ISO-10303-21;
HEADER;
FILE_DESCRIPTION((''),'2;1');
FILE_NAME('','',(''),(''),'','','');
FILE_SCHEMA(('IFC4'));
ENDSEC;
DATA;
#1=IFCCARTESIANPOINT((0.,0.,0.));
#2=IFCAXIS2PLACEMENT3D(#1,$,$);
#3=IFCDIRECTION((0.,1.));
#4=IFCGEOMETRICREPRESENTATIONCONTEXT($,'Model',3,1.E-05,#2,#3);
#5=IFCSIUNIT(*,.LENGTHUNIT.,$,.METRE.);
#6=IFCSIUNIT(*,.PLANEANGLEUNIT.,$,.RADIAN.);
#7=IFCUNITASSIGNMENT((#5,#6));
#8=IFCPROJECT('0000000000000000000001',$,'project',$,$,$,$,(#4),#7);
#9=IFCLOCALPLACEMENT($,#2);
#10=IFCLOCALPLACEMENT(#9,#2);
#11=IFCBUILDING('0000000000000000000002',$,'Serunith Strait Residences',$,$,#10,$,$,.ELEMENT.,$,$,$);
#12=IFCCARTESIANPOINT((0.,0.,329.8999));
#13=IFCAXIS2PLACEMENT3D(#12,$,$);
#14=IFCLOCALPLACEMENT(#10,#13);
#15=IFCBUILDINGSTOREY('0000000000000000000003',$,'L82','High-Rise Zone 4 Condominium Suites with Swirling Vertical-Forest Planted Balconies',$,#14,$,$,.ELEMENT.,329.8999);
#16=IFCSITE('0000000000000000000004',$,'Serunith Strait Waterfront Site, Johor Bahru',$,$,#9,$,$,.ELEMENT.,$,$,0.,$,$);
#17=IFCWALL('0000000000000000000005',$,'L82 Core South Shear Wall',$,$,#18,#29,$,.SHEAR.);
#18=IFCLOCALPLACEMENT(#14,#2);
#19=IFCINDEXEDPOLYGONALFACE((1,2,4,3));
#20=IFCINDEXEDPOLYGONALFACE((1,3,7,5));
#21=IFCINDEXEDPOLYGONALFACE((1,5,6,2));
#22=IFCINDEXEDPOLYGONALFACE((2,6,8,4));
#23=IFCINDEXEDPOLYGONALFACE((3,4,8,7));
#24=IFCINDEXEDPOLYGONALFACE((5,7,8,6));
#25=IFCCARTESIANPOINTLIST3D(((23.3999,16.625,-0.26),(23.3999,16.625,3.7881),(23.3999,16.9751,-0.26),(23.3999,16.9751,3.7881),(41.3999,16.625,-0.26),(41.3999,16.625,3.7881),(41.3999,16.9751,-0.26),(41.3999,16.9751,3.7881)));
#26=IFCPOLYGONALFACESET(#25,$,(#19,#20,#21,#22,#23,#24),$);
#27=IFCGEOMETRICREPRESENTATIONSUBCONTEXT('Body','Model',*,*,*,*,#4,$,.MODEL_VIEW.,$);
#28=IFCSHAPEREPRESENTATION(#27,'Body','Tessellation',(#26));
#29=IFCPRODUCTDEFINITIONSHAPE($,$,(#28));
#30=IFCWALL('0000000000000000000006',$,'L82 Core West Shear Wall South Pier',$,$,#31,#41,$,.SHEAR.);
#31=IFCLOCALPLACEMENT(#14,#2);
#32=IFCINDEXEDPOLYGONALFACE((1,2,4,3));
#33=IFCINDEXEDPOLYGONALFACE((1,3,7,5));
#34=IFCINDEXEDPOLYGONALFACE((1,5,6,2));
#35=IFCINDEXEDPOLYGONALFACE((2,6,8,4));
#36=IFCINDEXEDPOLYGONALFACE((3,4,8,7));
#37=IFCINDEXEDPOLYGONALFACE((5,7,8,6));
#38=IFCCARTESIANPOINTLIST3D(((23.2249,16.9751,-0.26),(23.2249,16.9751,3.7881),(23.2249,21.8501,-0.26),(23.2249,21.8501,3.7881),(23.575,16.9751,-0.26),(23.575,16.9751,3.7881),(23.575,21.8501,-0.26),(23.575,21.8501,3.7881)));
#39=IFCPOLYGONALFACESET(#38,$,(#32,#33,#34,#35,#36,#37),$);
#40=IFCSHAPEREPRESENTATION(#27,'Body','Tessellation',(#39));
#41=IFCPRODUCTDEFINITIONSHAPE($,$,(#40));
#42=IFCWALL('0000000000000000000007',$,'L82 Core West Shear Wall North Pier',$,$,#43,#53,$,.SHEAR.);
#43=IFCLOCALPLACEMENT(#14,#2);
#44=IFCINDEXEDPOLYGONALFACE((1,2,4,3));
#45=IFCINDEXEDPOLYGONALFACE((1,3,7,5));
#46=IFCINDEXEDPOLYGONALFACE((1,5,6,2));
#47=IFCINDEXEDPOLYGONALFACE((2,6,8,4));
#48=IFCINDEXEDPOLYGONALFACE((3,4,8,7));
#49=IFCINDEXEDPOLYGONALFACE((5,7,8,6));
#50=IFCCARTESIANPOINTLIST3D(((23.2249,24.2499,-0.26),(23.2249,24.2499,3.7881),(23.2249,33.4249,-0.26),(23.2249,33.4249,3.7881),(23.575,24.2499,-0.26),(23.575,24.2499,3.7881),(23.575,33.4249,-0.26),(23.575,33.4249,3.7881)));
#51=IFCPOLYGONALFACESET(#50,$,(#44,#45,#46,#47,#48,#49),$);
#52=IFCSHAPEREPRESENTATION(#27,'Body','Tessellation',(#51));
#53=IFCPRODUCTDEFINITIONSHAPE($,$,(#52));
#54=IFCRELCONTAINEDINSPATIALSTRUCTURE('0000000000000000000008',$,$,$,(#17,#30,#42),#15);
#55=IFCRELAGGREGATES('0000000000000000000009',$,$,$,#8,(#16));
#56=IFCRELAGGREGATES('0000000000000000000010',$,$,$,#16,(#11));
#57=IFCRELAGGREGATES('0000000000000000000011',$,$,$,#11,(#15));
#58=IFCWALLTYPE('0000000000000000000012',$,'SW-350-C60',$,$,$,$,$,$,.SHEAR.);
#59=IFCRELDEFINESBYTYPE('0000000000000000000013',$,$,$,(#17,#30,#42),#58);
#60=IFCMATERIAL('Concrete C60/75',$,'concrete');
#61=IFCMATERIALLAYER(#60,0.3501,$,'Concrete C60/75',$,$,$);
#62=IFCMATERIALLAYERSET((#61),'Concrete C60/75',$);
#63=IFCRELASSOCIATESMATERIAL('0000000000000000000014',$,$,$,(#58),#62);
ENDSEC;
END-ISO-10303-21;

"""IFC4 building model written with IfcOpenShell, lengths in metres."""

from ifc_helpers import new_model, si_unit, direction, frame, frame_2d, origin, place, context, subcontext, project, spatial, rectangle, extrude, material, layer, layer_set, type_object, element, save


model = new_model("IFC4")

# Units and contexts
model_context = context("Model", 3, precision=1e-05, world=origin(), true_north=direction((0.0, 1.0)))
body_context = subcontext(model_context, "Body", "Model", "MODEL_VIEW")
ifc_project = project(units=[si_unit("LENGTHUNIT", "METRE"), si_unit("PLANEANGLEUNIT", "RADIAN")], contexts=[model_context])

# Site, building, storey
site_placement = place(None, origin())
site = spatial("IfcSite", under=ifc_project, at=site_placement, Name="Serunith Strait Waterfront Site, Johor Bahru", CompositionType="ELEMENT", RefElevation=0.0)
building_placement = place(site_placement, origin())
building = spatial("IfcBuilding", under=site, at=building_placement, Name="Serunith Strait Residences", CompositionType="ELEMENT")
storey_placement = place(building_placement, frame((0.0, 0.0, 329.8999)))
storey = spatial("IfcBuildingStorey", under=building, at=storey_placement, Name="L82", Description="High-Rise Zone 4 Condominium Suites with Swirling Vertical-Forest Planted Balconies", CompositionType="ELEMENT", Elevation=329.8999)

# Walls
ifc_material_1 = material(Name="Concrete C60/75", Category="concrete")
ifc_layer_1 = layer(ifc_material_1, 0.3501, Name="Concrete C60/75")
ifc_layer_set_1 = layer_set([ifc_layer_1], Name="Concrete C60/75")
wall_type_1 = type_object("IfcWallType", Name="SW-350-C60", PredefinedType="SHEAR", material=ifc_layer_set_1)
wall_1_placement = place(storey_placement, frame((23.3999, 16.8, -0.26), z_axis=(0.0, 0.0, 1.0), x_axis=(1.0, 0.0, 0.0)))
element("IfcWall", 1, at=wall_1_placement, inside=storey, type_object=wall_type_1, Name="L82 Core South Shear Wall", PredefinedType="SHEAR", context=body_context, shape_type="SweptSolid", body=[
    extrude(rectangle(XDim=18.0, YDim=0.3501, at=frame_2d((9.0, 0.0))), origin(), (0.0, 0.0, 1.0), 4.0481),
])
wall_2_placement = place(storey_placement, frame((23.3999, 16.9751, -0.26), z_axis=(0.0, 0.0, 1.0), x_axis=(0.0, 1.0, 0.0)))
element("IfcWall", 2, at=wall_2_placement, inside=storey, type_object=wall_type_1, Name="L82 Core West Shear Wall South Pier", PredefinedType="SHEAR", context=body_context, shape_type="SweptSolid", body=[
    extrude(rectangle(XDim=4.875, YDim=0.3501, at=frame_2d((2.4375, 0.0))), origin(), (0.0, 0.0, 1.0), 4.0481),
])
wall_3_placement = place(storey_placement, frame((23.3999, 24.25, -0.26), z_axis=(0.0, 0.0, 1.0), x_axis=(0.0, 1.0, 0.0)))
element("IfcWall", 3, at=wall_3_placement, inside=storey, type_object=wall_type_1, Name="L82 Core West Shear Wall North Pier", PredefinedType="SHEAR", context=body_context, shape_type="SweptSolid", body=[
    extrude(rectangle(XDim=9.175, YDim=0.3501, at=frame_2d((4.5874, 0.0))), origin(), (0.0, 0.0, 1.0), 4.0481),
])

save(model, "model.ifc")
